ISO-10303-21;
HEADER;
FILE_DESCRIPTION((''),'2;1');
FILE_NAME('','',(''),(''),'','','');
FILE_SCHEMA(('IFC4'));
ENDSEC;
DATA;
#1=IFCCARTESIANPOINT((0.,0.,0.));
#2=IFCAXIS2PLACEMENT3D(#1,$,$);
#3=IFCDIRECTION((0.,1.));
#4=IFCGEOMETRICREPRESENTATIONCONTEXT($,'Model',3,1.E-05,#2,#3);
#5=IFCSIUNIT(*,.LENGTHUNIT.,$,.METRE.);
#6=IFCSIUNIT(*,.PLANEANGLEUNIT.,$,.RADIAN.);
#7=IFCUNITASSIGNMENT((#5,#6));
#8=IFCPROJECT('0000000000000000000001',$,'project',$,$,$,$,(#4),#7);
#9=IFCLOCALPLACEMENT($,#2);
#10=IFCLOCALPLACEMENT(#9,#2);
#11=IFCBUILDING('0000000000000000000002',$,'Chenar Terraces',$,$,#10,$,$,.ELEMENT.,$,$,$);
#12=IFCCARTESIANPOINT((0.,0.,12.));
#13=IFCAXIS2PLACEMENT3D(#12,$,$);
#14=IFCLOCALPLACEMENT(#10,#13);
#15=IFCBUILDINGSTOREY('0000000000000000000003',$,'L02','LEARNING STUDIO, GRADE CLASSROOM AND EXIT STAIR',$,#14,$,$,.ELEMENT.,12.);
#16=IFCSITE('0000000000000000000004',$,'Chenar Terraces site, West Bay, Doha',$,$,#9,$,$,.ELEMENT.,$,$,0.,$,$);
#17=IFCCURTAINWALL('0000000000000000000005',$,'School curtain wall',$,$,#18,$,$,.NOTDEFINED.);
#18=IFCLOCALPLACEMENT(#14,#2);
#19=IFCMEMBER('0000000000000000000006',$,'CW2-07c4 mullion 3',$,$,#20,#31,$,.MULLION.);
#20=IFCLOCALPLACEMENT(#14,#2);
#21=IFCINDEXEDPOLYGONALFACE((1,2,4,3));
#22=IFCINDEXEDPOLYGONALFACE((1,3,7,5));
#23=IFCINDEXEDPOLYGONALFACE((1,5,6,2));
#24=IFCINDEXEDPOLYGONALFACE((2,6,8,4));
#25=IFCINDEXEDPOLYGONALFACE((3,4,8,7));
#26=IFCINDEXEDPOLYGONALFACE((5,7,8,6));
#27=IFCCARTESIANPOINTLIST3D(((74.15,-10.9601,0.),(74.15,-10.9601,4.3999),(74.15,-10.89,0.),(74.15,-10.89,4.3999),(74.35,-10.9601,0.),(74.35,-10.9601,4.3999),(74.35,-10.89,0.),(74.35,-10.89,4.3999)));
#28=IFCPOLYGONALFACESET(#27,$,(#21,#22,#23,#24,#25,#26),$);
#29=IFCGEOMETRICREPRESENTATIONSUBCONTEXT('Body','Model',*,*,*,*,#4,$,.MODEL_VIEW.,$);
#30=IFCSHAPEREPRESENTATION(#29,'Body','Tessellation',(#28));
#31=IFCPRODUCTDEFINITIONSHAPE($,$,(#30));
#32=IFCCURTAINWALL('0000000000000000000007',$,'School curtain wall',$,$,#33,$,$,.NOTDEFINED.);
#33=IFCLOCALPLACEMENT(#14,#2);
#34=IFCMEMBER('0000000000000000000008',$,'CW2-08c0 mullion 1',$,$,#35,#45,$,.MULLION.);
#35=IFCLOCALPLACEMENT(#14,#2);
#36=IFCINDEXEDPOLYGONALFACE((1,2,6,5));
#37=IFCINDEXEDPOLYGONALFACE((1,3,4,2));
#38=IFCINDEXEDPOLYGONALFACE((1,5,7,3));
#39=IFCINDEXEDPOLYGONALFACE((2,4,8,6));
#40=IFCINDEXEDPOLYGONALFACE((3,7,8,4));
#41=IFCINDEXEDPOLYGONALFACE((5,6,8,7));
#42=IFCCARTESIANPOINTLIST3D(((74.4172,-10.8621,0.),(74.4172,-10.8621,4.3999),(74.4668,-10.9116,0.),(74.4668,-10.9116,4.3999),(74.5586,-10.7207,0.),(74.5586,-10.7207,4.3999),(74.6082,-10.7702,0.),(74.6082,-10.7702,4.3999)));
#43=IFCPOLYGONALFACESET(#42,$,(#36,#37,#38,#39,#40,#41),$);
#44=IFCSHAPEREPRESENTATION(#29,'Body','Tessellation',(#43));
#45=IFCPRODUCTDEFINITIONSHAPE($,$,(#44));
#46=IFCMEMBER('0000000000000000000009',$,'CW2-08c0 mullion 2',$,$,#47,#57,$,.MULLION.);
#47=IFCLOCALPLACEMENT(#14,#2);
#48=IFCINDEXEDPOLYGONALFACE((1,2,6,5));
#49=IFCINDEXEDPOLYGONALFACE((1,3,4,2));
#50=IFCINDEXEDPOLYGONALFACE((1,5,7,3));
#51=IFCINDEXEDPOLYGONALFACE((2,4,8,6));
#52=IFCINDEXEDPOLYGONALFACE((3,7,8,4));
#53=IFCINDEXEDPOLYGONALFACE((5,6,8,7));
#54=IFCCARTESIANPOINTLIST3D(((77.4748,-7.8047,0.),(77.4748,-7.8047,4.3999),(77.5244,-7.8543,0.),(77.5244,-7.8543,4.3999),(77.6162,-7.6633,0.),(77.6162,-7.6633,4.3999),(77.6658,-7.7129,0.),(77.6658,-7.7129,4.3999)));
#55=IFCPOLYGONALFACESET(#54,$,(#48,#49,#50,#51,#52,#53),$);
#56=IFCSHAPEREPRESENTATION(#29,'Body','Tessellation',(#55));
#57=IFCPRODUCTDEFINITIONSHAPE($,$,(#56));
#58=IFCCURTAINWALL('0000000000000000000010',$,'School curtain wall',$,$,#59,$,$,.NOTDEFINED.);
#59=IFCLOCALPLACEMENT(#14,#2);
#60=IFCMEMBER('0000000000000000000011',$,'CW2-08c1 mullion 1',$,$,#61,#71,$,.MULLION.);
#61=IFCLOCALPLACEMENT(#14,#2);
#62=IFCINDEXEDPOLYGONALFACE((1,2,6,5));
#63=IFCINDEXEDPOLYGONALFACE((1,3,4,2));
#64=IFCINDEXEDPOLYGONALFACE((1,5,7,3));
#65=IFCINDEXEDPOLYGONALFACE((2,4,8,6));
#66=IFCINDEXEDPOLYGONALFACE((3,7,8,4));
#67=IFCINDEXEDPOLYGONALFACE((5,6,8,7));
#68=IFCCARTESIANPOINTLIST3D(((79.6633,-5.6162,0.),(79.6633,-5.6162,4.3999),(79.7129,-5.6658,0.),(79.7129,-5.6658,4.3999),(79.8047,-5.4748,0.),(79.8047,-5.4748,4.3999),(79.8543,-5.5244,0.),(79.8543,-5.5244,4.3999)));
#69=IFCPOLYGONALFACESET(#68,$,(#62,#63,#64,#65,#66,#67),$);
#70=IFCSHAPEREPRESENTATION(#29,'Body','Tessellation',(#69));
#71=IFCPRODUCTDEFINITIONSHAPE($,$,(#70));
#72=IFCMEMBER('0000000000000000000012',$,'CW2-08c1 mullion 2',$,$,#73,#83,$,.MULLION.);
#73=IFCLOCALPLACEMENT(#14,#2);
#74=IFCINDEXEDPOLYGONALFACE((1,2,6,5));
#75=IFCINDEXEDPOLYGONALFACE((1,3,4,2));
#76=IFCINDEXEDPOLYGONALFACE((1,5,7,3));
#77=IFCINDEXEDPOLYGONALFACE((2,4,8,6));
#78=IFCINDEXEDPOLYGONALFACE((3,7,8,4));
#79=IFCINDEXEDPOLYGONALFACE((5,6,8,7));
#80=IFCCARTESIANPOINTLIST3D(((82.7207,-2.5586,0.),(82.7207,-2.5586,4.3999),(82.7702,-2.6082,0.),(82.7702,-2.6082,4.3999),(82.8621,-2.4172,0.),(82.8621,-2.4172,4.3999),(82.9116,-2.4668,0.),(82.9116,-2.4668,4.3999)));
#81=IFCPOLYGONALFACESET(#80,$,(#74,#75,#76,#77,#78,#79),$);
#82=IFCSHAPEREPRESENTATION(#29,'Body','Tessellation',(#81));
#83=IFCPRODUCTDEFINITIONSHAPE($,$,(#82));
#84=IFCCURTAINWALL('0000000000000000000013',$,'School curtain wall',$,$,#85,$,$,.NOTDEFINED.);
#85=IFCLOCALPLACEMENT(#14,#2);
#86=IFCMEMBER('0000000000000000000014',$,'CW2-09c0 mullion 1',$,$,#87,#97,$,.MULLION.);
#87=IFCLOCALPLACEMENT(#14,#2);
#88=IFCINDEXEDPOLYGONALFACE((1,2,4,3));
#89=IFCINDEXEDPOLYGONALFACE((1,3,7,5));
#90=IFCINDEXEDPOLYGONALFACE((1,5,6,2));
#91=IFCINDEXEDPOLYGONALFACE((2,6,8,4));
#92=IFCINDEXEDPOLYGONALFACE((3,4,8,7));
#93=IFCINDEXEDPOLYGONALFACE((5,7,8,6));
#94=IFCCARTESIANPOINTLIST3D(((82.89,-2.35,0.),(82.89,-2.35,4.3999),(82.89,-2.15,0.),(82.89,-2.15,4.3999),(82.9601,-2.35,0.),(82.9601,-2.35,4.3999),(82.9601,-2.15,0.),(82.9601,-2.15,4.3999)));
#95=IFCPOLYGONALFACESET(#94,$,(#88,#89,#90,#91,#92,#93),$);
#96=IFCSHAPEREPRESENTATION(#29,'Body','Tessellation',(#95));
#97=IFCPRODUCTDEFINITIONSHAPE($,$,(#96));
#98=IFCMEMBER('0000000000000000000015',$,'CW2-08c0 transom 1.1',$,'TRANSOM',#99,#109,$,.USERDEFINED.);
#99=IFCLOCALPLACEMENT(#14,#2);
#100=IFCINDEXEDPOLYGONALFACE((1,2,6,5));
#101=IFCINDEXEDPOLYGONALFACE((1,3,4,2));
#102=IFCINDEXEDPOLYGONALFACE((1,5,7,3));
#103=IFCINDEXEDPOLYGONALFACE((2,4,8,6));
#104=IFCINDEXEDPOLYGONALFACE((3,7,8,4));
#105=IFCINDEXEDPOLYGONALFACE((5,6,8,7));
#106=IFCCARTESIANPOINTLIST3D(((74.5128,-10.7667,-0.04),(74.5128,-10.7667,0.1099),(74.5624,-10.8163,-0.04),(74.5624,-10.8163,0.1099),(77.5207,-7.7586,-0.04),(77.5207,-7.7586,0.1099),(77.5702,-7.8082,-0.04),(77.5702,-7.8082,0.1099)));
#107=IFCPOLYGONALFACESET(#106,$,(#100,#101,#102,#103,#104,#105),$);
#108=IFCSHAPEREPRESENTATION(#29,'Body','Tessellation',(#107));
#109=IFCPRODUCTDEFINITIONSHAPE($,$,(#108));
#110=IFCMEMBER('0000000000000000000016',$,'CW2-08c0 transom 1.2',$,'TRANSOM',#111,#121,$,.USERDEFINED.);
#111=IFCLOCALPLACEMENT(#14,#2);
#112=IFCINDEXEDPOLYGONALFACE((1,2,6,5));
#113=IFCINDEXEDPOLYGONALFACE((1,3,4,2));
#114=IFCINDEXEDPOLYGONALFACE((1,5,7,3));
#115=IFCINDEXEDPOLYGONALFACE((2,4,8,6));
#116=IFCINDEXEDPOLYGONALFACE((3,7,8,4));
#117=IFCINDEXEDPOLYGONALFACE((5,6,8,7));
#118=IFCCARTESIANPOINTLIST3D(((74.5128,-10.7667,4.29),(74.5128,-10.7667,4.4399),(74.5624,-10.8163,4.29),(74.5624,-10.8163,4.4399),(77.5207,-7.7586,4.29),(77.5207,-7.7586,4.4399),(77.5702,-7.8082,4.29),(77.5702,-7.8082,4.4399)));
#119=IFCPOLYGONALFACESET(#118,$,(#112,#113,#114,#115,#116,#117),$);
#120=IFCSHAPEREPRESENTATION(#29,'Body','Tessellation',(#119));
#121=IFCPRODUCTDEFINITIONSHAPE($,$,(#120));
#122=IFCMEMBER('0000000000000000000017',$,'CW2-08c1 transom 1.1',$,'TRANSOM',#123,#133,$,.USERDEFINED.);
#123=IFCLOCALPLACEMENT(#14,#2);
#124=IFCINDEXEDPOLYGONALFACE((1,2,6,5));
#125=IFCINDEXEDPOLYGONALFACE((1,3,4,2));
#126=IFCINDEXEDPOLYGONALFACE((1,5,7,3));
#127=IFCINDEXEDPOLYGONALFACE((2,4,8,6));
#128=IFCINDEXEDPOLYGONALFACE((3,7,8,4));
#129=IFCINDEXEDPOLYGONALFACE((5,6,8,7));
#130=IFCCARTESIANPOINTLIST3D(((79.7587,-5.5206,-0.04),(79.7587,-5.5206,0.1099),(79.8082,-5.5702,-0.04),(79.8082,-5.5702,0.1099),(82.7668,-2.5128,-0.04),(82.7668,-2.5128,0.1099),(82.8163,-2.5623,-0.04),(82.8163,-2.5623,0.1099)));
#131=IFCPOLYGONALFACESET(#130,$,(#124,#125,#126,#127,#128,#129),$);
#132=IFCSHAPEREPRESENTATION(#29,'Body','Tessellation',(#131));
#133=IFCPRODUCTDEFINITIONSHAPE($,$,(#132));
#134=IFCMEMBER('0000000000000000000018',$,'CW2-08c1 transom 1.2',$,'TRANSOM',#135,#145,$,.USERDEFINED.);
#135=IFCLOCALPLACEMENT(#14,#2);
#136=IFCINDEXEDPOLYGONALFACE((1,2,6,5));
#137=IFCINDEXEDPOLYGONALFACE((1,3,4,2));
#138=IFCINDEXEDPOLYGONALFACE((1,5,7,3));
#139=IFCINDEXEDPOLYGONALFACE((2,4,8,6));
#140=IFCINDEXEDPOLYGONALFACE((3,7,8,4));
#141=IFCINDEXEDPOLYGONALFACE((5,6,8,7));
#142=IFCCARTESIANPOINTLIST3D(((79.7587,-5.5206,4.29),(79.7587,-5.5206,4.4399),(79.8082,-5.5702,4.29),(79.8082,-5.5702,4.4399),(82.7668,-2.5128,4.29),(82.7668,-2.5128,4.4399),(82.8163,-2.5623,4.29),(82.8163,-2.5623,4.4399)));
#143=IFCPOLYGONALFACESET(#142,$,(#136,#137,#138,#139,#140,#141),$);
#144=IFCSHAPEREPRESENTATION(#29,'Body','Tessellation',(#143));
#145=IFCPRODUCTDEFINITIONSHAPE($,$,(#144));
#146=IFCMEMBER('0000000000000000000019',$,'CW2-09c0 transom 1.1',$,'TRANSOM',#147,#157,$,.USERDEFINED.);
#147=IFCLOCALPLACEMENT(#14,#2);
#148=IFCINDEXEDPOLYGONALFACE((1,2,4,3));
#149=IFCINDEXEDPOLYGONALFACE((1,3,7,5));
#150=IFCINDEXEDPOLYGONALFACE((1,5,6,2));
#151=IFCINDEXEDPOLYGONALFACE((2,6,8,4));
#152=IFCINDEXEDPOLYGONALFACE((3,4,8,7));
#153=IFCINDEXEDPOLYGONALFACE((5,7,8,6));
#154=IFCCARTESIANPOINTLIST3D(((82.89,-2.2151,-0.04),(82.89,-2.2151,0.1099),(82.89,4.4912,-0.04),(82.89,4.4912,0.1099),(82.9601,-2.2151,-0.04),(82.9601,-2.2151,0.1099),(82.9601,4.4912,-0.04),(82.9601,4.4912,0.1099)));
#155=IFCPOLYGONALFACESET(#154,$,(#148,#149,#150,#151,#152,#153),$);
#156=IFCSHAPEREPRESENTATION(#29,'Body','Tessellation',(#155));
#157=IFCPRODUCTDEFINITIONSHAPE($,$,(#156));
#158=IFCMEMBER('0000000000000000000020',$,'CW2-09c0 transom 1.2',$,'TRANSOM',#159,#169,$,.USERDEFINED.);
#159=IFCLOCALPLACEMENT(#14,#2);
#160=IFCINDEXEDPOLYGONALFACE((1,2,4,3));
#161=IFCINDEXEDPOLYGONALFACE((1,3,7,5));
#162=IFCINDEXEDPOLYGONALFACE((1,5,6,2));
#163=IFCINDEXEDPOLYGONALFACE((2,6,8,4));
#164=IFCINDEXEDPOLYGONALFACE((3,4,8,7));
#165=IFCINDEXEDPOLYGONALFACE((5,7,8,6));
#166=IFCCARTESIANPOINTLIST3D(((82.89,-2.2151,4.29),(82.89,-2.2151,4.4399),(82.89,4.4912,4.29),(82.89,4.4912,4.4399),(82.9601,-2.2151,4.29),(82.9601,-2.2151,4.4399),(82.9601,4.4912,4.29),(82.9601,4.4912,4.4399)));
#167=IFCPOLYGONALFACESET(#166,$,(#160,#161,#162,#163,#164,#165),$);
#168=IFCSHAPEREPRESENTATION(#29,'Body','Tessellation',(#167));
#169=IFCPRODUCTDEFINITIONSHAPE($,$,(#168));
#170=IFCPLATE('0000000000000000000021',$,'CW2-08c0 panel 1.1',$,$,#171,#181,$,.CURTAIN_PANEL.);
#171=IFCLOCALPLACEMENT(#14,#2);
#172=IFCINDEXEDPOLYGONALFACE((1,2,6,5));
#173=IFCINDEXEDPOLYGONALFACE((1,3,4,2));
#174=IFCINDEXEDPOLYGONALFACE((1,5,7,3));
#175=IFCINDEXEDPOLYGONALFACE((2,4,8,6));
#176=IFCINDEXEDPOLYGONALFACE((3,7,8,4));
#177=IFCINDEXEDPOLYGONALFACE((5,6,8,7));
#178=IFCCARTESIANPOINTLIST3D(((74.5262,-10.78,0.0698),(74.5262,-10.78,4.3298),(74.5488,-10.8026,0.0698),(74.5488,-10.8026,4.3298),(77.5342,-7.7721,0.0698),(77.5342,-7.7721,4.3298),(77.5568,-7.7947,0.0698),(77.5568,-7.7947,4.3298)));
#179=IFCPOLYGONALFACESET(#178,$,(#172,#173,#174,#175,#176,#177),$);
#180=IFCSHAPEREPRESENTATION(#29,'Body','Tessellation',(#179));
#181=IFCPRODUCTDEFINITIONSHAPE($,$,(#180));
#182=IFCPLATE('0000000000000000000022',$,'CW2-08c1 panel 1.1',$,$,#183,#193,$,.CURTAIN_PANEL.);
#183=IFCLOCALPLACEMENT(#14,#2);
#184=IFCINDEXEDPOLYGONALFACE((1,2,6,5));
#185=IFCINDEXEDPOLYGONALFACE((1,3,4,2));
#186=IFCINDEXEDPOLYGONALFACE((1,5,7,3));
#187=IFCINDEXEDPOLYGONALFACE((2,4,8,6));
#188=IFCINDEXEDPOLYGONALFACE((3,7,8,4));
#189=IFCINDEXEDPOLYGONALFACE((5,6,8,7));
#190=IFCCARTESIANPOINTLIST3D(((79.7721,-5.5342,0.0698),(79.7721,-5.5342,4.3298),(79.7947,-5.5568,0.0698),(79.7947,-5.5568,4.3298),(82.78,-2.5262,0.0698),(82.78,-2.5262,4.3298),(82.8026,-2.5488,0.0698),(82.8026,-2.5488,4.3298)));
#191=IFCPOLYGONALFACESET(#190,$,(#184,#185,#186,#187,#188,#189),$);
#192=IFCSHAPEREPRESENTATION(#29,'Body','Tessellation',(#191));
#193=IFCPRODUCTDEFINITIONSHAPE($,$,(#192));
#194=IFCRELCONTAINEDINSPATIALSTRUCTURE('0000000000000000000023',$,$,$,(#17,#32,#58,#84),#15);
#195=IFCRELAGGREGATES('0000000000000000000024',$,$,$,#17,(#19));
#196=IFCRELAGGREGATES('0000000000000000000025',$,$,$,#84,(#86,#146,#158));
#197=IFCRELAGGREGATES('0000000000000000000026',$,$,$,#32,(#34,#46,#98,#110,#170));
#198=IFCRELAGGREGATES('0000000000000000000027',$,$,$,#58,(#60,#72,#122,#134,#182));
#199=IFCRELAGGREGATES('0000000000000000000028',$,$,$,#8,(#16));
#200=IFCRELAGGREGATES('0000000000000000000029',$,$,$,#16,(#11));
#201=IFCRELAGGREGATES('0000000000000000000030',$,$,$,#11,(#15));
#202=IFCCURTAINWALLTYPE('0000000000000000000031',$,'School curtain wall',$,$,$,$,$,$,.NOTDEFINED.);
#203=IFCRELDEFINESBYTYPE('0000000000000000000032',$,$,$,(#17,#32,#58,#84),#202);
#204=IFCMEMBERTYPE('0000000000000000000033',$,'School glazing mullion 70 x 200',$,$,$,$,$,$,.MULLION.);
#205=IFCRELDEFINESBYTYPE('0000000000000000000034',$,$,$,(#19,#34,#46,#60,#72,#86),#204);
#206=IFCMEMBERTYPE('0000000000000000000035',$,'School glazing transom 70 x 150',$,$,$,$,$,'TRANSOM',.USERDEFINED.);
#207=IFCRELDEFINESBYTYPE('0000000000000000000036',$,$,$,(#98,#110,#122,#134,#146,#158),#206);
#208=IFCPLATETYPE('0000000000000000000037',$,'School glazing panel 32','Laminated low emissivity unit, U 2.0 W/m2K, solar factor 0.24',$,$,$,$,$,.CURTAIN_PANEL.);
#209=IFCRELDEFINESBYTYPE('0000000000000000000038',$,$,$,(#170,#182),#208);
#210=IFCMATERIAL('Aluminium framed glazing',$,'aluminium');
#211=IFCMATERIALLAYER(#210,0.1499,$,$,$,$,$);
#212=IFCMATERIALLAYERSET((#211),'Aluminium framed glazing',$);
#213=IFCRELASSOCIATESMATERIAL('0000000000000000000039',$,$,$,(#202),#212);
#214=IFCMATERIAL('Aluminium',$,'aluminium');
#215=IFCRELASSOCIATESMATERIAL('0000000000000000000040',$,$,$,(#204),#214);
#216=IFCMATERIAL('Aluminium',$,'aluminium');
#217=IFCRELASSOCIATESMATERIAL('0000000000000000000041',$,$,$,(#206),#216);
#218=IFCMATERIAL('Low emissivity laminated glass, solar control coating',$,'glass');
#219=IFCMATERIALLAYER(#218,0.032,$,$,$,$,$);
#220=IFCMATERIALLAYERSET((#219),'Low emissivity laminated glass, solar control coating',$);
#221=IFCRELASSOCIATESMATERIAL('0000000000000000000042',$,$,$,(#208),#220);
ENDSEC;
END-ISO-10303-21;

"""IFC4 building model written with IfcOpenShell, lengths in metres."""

from ifc_helpers import new_model, si_unit, direction, frame, origin, origin_2d, place, context, subcontext, project, spatial, rectangle, extrude, material, layer, layer_set, material_profile, profile_set, type_object, element, aggregate, save


model = new_model("IFC4")

# Units and contexts
model_context = context("Model", 3, precision=1e-05, world=origin(), true_north=direction((0.0, 1.0)))
body_context = subcontext(model_context, "Body", "Model", "MODEL_VIEW")
ifc_project = project(units=[si_unit("LENGTHUNIT", "METRE"), si_unit("PLANEANGLEUNIT", "RADIAN")], contexts=[model_context])

# Site, building, storey
site_placement = place(None, origin())
site = spatial("IfcSite", under=ifc_project, at=site_placement, Name="Chenar Terraces site, West Bay, Doha", CompositionType="ELEMENT", RefElevation=0.0)
building_placement = place(site_placement, origin())
building = spatial("IfcBuilding", under=site, at=building_placement, Name="Chenar Terraces", CompositionType="ELEMENT")
storey_placement = place(building_placement, frame((0.0, 0.0, 12.0)))
storey = spatial("IfcBuildingStorey", under=building, at=storey_placement, Name="L02", Description="LEARNING STUDIO, GRADE CLASSROOM AND EXIT STAIR", CompositionType="ELEMENT", Elevation=12.0)

# Curtain wall, member
ifc_material_1 = material(Name="Aluminium framed glazing", Category="aluminium")
ifc_layer_1 = layer(ifc_material_1, 0.1499)
ifc_layer_set_1 = layer_set([ifc_layer_1], Name="Aluminium framed glazing")
curtain_wall_type = type_object("IfcCurtainWallType", Name="School curtain wall", PredefinedType="NOTDEFINED", material=ifc_layer_set_1)
placement = place(storey_placement, origin())
curtain_wall_1 = element("IfcCurtainWall", 1, at=placement, inside=storey, type_object=curtain_wall_type, Name="School curtain wall", PredefinedType="NOTDEFINED")
ifc_material_2 = material(Name="Aluminium", Category="aluminium")
ifc_material_profile_1 = material_profile(ifc_material_2, rectangle(XDim=0.0701, YDim=0.2, at=origin_2d()), Name="School glazing mullion 70 x 200")
ifc_profile_set_1 = profile_set([ifc_material_profile_1], Name="Aluminium")
member_type_1 = type_object("IfcMemberType", Name="School glazing mullion 70 x 200", PredefinedType="MULLION", material=ifc_profile_set_1)
member_1_placement = place(storey_placement, frame((74.25, -10.925, 0.0), z_axis=(0.0, 0.0, 1.0), x_axis=(0.0, 1.0, 0.0)))
member_1 = element("IfcMember", 2, at=member_1_placement, type_object=member_type_1, Name="CW2-07c4 mullion 3", PredefinedType="MULLION", context=body_context, shape_type="SweptSolid", body=[
    extrude(rectangle(XDim=0.0701, YDim=0.2, at=origin_2d()), origin(), (0.0, 0.0, 1.0), 4.3999),
])
aggregate(curtain_wall_1, [member_1])

# Curtain walls, members
curtain_wall_2 = element("IfcCurtainWall", 3, at=placement, inside=storey, type_object=curtain_wall_type, Name="School curtain wall", PredefinedType="NOTDEFINED")
member_2_placement = place(storey_placement, frame((74.5127, -10.8162, 0.0), z_axis=(0.0, 0.0, 1.0), x_axis=(-0.707107, 0.707107, 0.0)))
member_2 = element("IfcMember", 4, at=member_2_placement, type_object=member_type_1, Name="CW2-08c0 mullion 1", PredefinedType="MULLION", context=body_context, shape_type="SweptSolid", body=[
    extrude(rectangle(XDim=0.0701, YDim=0.2, at=origin_2d()), origin(), (0.0, 0.0, 1.0), 4.3999),
])
member_3_placement = place(storey_placement, frame((77.5703, -7.7588, 0.0), z_axis=(0.0, 0.0, 1.0), x_axis=(-0.707107, 0.707107, 0.0)))
member_3 = element("IfcMember", 5, at=member_3_placement, type_object=member_type_1, Name="CW2-08c0 mullion 2", PredefinedType="MULLION", context=body_context, shape_type="SweptSolid", body=[
    extrude(rectangle(XDim=0.0701, YDim=0.2, at=origin_2d()), origin(), (0.0, 0.0, 1.0), 4.3999),
])
curtain_wall_3 = element("IfcCurtainWall", 6, at=placement, inside=storey, type_object=curtain_wall_type, Name="School curtain wall", PredefinedType="NOTDEFINED")
member_4_placement = place(storey_placement, frame((79.7588, -5.5703, 0.0), z_axis=(0.0, 0.0, 1.0), x_axis=(-0.707107, 0.707107, 0.0)))
member_4 = element("IfcMember", 7, at=member_4_placement, type_object=member_type_1, Name="CW2-08c1 mullion 1", PredefinedType="MULLION", context=body_context, shape_type="SweptSolid", body=[
    extrude(rectangle(XDim=0.0701, YDim=0.2, at=origin_2d()), origin(), (0.0, 0.0, 1.0), 4.3999),
])
member_5_placement = place(storey_placement, frame((82.8162, -2.5127, 0.0), z_axis=(0.0, 0.0, 1.0), x_axis=(-0.707107, 0.707107, 0.0)))
member_5 = element("IfcMember", 8, at=member_5_placement, type_object=member_type_1, Name="CW2-08c1 mullion 2", PredefinedType="MULLION", context=body_context, shape_type="SweptSolid", body=[
    extrude(rectangle(XDim=0.0701, YDim=0.2, at=origin_2d()), origin(), (0.0, 0.0, 1.0), 4.3999),
])

# Curtain wall, member
curtain_wall_4 = element("IfcCurtainWall", 9, at=placement, inside=storey, type_object=curtain_wall_type, Name="School curtain wall", PredefinedType="NOTDEFINED")
member_6_placement = place(storey_placement, frame((82.925, -2.25, 0.0), z_axis=(0.0, 0.0, 1.0), x_axis=(-1.0, 0.0, 0.0)))
member_6 = element("IfcMember", 10, at=member_6_placement, type_object=member_type_1, Name="CW2-09c0 mullion 1", PredefinedType="MULLION", context=body_context, shape_type="SweptSolid", body=[
    extrude(rectangle(XDim=0.0701, YDim=0.2, at=origin_2d()), origin(), (0.0, 0.0, 1.0), 4.3999),
])

# Members
ifc_material_3 = material(Name="Aluminium", Category="aluminium")
ifc_material_profile_2 = material_profile(ifc_material_3, rectangle(XDim=0.0701, YDim=0.1499, at=origin_2d()), Name="School glazing transom 70 x 150")
ifc_profile_set_2 = profile_set([ifc_material_profile_2], Name="Aluminium")
member_type_2 = type_object("IfcMemberType", Name="School glazing transom 70 x 150", ElementType="TRANSOM", PredefinedType="USERDEFINED", material=ifc_profile_set_2)
member_7_placement = place(storey_placement, frame((74.5376, -10.7915, 0.0349), z_axis=(0.707078, 0.707135, 0.0), x_axis=(-0.707135, 0.707078, 0.0)))
member_7 = element("IfcMember", 11, at=member_7_placement, type_object=member_type_2, Name="CW2-08c0 transom 1.1", ObjectType="TRANSOM", PredefinedType="USERDEFINED", context=body_context, shape_type="SweptSolid", body=[
    extrude(rectangle(XDim=0.0701, YDim=0.1499, at=origin_2d()), origin(), (0.0, 0.0, 1.0), 4.2539),
])
member_8_placement = place(storey_placement, frame((74.5376, -10.7915, 4.365), z_axis=(0.707078, 0.707135, 0.0), x_axis=(-0.707135, 0.707078, 0.0)))
member_8 = element("IfcMember", 12, at=member_8_placement, type_object=member_type_2, Name="CW2-08c0 transom 1.2", ObjectType="TRANSOM", PredefinedType="USERDEFINED", context=body_context, shape_type="SweptSolid", body=[
    extrude(rectangle(XDim=0.0701, YDim=0.1499, at=origin_2d()), origin(), (0.0, 0.0, 1.0), 4.2539),
])
member_9_placement = place(storey_placement, frame((79.7834, -5.5454, 0.0349), z_axis=(0.707135, 0.707078, 0.0), x_axis=(-0.707078, 0.707135, 0.0)))
member_9 = element("IfcMember", 13, at=member_9_placement, type_object=member_type_2, Name="CW2-08c1 transom 1.1", ObjectType="TRANSOM", PredefinedType="USERDEFINED", context=body_context, shape_type="SweptSolid", body=[
    extrude(rectangle(XDim=0.0701, YDim=0.1499, at=origin_2d()), origin(), (0.0, 0.0, 1.0), 4.2539),
])
member_10_placement = place(storey_placement, frame((79.7834, -5.5454, 4.365), z_axis=(0.707135, 0.707078, 0.0), x_axis=(-0.707078, 0.707135, 0.0)))
member_10 = element("IfcMember", 14, at=member_10_placement, type_object=member_type_2, Name="CW2-08c1 transom 1.2", ObjectType="TRANSOM", PredefinedType="USERDEFINED", context=body_context, shape_type="SweptSolid", body=[
    extrude(rectangle(XDim=0.0701, YDim=0.1499, at=origin_2d()), origin(), (0.0, 0.0, 1.0), 4.2539),
])
member_11_placement = place(storey_placement, frame((82.925, -2.2151, 0.0349), z_axis=(0.0, 1.0, 0.0), x_axis=(-1.0, 0.0, 0.0)))
member_11 = element("IfcMember", 15, at=member_11_placement, type_object=member_type_2, Name="CW2-09c0 transom 1.1", ObjectType="TRANSOM", PredefinedType="USERDEFINED", context=body_context, shape_type="SweptSolid", body=[
    extrude(rectangle(XDim=0.0701, YDim=0.1499, at=origin_2d()), origin(), (0.0, 0.0, 1.0), 6.7063),
])
member_12_placement = place(storey_placement, frame((82.925, -2.2151, 4.365), z_axis=(0.0, 1.0, 0.0), x_axis=(-1.0, 0.0, 0.0)))
member_12 = element("IfcMember", 16, at=member_12_placement, type_object=member_type_2, Name="CW2-09c0 transom 1.2", ObjectType="TRANSOM", PredefinedType="USERDEFINED", context=body_context, shape_type="SweptSolid", body=[
    extrude(rectangle(XDim=0.0701, YDim=0.1499, at=origin_2d()), origin(), (0.0, 0.0, 1.0), 6.7063),
])
aggregate(curtain_wall_4, [member_6, member_11, member_12])

# Plates
ifc_material_4 = material(Name="Low emissivity laminated glass, solar control coating", Category="glass")
ifc_layer_2 = layer(ifc_material_4, 0.032)
ifc_layer_set_2 = layer_set([ifc_layer_2], Name="Low emissivity laminated glass, solar control coating")
plate_type = type_object("IfcPlateType", Name="School glazing panel 32", Description="Laminated low emissivity unit, U 2.0 W/m2K, solar factor 0.24", PredefinedType="CURTAIN_PANEL", material=ifc_layer_set_2)
plate_1_placement = place(storey_placement, frame((76.0415, -9.2874, 0.0698), z_axis=(0.0, 0.0, 1.0), x_axis=(0.707107, 0.707107, 0.0)))
plate_1 = element("IfcPlate", 17, at=plate_1_placement, type_object=plate_type, Name="CW2-08c0 panel 1.1", PredefinedType="CURTAIN_PANEL", context=body_context, shape_type="SweptSolid", body=[
    extrude(rectangle(XDim=4.2539, YDim=0.032, at=origin_2d()), origin(), (0.0, 0.0, 1.0), 4.26),
])
aggregate(curtain_wall_2, [member_2, member_3, member_7, member_8, plate_1])
plate_2_placement = place(storey_placement, frame((81.2874, -4.0415, 0.0698), z_axis=(0.0, 0.0, 1.0), x_axis=(0.707107, 0.707107, 0.0)))
plate_2 = element("IfcPlate", 18, at=plate_2_placement, type_object=plate_type, Name="CW2-08c1 panel 1.1", PredefinedType="CURTAIN_PANEL", context=body_context, shape_type="SweptSolid", body=[
    extrude(rectangle(XDim=4.2539, YDim=0.032, at=origin_2d()), origin(), (0.0, 0.0, 1.0), 4.26),
])
aggregate(curtain_wall_3, [member_4, member_5, member_9, member_10, plate_2])

save(model, "model.ifc")
